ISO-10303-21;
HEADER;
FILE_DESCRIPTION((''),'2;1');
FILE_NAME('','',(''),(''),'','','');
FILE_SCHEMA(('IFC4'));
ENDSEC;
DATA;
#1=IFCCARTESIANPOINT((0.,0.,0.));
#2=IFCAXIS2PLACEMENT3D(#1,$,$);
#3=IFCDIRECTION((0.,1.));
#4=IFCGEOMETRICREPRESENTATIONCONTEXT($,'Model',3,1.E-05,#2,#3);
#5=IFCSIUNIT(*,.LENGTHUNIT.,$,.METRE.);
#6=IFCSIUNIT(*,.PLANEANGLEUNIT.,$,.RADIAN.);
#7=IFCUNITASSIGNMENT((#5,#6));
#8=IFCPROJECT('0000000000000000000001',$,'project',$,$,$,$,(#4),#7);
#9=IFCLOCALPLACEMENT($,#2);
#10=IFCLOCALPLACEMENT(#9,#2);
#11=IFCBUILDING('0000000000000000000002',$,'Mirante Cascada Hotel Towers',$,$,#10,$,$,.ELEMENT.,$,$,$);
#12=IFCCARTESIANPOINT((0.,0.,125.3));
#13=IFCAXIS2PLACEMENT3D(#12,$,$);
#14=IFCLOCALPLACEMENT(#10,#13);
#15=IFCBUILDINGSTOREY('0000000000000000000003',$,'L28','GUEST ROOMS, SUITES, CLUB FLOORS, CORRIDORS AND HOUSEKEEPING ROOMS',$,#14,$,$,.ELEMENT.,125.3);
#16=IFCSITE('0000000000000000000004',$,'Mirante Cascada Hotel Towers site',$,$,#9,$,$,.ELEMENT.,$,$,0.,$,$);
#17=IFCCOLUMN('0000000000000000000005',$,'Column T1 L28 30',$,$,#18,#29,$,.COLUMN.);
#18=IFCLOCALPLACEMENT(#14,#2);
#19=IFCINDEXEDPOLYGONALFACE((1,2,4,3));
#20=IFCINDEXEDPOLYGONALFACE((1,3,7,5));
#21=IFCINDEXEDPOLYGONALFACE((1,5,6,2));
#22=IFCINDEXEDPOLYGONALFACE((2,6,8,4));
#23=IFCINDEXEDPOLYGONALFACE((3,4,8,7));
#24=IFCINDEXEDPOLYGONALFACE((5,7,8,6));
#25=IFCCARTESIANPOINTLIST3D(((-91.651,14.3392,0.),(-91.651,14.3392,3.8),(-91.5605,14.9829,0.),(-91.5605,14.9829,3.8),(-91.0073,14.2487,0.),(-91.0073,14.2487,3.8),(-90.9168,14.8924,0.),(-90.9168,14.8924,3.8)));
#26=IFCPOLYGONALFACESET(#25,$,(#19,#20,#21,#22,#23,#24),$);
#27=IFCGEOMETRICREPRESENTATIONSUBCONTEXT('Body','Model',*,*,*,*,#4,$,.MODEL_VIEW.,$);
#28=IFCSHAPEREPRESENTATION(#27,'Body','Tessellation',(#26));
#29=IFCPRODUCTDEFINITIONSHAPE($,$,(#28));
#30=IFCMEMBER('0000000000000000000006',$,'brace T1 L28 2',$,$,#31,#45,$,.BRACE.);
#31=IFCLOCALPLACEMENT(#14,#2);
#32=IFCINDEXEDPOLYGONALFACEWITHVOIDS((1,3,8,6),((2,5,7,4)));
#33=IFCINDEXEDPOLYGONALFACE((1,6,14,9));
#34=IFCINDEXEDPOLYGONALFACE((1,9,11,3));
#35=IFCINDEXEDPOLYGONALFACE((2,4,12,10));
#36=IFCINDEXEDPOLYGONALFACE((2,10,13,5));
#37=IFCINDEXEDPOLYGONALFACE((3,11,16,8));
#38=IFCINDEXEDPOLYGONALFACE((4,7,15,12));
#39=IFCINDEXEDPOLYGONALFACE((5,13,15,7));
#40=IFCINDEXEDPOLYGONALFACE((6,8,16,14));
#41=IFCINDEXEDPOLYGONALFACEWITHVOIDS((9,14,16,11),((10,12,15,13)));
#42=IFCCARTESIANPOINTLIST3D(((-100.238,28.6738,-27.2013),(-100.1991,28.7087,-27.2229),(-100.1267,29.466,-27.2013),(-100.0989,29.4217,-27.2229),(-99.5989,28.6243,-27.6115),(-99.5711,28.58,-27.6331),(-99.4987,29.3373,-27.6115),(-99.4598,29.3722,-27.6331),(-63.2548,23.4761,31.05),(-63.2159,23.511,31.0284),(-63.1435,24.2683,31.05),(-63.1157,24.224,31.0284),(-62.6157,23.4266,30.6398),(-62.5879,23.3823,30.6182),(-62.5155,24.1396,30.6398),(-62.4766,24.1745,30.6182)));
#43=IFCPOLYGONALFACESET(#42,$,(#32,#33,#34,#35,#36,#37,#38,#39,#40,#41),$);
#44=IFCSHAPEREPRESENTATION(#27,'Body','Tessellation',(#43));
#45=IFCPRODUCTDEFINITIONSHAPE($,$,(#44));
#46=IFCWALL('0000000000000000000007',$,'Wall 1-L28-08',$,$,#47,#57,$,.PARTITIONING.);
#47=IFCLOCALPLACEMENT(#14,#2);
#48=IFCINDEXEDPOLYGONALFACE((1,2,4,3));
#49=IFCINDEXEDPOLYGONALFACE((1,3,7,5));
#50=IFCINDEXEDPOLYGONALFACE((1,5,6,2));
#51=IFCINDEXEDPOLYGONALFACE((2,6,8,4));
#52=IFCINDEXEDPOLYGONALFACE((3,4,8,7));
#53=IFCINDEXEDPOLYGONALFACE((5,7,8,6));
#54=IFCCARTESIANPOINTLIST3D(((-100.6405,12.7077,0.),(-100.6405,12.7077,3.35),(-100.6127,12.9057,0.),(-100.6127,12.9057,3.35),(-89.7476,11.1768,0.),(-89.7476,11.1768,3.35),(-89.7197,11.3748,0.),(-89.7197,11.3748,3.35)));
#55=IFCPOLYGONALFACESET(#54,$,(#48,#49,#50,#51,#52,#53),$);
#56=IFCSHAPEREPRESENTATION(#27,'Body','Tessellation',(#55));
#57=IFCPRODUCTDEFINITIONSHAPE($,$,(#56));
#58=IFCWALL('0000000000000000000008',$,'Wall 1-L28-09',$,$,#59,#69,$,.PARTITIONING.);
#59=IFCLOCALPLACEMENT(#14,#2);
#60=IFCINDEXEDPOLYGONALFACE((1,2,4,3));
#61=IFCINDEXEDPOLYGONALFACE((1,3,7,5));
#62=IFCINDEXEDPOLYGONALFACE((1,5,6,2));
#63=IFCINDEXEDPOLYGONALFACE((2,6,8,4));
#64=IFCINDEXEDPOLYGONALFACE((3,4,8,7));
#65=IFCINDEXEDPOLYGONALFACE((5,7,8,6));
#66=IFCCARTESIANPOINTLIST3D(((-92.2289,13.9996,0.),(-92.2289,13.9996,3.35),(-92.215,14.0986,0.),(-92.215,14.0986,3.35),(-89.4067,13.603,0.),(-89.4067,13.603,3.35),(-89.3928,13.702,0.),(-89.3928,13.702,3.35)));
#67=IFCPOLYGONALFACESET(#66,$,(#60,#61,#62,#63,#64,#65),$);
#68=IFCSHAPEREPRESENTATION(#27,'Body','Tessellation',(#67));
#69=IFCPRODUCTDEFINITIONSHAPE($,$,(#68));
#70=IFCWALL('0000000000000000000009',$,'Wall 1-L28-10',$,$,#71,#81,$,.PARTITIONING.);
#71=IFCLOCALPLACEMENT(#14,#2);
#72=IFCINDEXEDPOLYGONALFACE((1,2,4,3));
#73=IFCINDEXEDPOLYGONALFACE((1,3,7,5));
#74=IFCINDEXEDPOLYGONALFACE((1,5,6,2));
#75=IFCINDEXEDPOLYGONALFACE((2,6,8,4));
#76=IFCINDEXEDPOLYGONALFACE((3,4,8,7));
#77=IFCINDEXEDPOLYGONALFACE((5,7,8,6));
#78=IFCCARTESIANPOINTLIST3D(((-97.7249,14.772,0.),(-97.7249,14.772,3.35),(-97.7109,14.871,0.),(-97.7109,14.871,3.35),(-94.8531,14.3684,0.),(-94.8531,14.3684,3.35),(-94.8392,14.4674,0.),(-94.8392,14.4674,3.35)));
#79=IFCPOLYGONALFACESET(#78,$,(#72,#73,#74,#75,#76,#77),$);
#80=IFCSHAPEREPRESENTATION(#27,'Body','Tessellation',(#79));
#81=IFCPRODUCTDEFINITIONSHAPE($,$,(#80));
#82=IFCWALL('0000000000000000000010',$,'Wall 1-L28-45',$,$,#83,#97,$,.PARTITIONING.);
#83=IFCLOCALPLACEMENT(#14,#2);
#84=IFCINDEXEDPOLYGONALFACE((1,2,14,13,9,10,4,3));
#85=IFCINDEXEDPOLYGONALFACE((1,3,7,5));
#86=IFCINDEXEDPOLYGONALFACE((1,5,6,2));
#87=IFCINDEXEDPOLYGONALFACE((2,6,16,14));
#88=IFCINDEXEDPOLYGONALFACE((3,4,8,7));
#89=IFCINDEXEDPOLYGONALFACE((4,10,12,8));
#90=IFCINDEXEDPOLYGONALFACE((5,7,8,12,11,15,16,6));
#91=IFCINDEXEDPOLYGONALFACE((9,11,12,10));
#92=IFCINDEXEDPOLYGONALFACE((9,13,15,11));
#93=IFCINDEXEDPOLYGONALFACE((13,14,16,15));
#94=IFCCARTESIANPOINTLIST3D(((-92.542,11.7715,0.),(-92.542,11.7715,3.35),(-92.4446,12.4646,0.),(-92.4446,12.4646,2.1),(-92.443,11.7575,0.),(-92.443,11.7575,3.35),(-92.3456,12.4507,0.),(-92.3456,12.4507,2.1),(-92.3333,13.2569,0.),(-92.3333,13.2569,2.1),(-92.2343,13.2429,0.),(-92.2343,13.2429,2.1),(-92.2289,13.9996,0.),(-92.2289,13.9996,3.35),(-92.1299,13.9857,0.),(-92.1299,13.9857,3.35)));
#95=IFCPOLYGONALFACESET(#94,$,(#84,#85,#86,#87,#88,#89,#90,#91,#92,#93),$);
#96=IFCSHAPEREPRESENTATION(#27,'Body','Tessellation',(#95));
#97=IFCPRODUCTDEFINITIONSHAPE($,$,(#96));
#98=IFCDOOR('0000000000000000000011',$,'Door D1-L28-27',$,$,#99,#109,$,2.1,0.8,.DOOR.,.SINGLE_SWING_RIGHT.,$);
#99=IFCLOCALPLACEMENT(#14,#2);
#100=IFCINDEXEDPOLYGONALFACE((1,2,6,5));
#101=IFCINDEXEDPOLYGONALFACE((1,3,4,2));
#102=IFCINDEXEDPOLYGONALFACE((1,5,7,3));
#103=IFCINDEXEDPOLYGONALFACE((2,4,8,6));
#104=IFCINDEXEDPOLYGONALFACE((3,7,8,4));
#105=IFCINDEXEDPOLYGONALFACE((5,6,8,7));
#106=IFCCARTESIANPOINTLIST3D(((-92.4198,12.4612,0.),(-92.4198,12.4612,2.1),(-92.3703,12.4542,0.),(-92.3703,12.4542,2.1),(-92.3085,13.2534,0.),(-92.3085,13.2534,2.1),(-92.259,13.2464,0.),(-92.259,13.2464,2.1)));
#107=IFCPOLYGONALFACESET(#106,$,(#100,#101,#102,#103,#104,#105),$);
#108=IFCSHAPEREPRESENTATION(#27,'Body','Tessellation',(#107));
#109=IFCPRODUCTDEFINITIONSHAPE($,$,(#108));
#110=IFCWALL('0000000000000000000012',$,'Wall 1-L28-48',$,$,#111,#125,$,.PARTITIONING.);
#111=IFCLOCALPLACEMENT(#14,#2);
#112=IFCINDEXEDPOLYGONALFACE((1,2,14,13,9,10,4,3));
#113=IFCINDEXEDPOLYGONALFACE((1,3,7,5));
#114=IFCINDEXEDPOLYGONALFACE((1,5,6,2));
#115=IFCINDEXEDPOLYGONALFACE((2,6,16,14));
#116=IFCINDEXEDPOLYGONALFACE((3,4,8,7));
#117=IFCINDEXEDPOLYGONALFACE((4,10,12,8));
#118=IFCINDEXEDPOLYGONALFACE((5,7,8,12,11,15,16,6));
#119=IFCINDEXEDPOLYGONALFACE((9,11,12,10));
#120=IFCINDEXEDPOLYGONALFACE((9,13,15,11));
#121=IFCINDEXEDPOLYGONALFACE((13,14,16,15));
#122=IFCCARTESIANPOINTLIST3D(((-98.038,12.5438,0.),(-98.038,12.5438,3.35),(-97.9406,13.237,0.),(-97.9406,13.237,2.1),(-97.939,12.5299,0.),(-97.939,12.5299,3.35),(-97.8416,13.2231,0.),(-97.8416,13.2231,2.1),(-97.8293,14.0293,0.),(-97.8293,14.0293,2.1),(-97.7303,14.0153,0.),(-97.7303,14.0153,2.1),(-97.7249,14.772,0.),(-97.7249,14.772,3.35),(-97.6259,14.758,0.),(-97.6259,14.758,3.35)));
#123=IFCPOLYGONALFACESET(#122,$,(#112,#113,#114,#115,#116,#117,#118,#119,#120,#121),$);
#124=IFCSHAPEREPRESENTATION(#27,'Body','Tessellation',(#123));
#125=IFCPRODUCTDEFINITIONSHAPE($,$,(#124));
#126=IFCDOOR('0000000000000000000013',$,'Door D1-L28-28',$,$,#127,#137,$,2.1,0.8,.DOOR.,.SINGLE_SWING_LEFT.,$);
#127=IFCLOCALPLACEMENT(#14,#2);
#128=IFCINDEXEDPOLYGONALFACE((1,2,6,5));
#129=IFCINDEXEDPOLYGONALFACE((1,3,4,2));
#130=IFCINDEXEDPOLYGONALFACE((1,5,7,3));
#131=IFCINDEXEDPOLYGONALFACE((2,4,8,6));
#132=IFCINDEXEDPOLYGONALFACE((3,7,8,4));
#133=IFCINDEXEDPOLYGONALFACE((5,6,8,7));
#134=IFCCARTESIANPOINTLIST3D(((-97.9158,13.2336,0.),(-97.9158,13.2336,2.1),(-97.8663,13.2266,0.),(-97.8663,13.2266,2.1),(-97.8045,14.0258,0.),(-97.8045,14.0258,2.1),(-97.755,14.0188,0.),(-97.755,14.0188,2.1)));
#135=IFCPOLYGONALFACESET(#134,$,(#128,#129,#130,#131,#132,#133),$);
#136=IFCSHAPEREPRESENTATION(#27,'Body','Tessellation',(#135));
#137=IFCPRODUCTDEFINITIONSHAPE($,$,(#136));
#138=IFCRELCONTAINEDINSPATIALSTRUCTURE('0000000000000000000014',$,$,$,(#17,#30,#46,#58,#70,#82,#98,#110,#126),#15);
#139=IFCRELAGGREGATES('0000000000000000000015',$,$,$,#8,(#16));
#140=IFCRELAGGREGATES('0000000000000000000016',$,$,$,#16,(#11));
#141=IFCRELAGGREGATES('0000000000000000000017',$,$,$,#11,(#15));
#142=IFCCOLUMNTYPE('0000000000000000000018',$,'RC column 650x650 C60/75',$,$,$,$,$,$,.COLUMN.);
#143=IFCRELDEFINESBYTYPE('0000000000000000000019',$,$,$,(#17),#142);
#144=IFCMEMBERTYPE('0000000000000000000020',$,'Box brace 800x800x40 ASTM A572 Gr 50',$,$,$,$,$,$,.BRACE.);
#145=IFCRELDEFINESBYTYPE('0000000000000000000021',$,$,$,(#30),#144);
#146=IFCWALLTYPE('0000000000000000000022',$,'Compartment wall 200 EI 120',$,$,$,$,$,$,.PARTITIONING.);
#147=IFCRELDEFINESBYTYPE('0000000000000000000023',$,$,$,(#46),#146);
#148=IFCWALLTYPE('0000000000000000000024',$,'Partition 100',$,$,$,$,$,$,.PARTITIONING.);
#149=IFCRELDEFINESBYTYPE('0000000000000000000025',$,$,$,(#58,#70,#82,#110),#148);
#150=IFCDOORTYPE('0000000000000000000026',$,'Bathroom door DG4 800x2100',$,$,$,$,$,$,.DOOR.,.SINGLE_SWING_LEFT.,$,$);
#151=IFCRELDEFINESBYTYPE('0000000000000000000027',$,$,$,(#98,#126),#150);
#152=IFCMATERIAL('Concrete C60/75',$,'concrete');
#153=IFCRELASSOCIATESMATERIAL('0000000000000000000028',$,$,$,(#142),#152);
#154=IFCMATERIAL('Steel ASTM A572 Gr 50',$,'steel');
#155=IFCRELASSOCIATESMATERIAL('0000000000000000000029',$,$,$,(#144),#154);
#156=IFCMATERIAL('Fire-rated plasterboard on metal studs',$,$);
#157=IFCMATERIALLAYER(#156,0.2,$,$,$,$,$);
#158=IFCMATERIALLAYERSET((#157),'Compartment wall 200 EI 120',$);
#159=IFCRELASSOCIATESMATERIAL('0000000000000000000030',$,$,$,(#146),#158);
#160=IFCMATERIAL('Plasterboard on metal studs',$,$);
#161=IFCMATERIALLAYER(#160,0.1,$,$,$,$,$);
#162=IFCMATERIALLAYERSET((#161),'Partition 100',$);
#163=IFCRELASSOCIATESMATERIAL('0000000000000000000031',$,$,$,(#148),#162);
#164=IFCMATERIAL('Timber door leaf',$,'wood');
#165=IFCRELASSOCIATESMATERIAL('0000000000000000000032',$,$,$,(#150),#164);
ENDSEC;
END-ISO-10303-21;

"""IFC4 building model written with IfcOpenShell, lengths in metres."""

from ifc_helpers import new_model, si_unit, direction, frame, frame_2d, origin, origin_2d, place, context, subcontext, project, spatial, rectangle, hollow_rectangle, extrude, material, layer, layer_set, material_profile, profile_set, type_object, element, fill, save


model = new_model("IFC4")

# Units and contexts
model_context = context("Model", 3, precision=1e-05, world=origin(), true_north=direction((0.0, 1.0)))
body_context = subcontext(model_context, "Body", "Model", "MODEL_VIEW")
ifc_project = project(units=[si_unit("LENGTHUNIT", "METRE"), si_unit("PLANEANGLEUNIT", "RADIAN")], contexts=[model_context])

# Site, building, storey
site_placement = place(None, origin())
site = spatial("IfcSite", under=ifc_project, at=site_placement, Name="Mirante Cascada Hotel Towers site", CompositionType="ELEMENT", RefElevation=0.0)
building_placement = place(site_placement, origin())
building = spatial("IfcBuilding", under=site, at=building_placement, Name="Mirante Cascada Hotel Towers", CompositionType="ELEMENT")
storey_placement = place(building_placement, frame((0.0, 0.0, 125.3)))
storey = spatial("IfcBuildingStorey", under=building, at=storey_placement, Name="L28", Description="GUEST ROOMS, SUITES, CLUB FLOORS, CORRIDORS AND HOUSEKEEPING ROOMS", CompositionType="ELEMENT", Elevation=125.3)

# Column
ifc_material_1 = material(Name="Concrete C60/75", Category="concrete")
ifc_material_profile_1 = material_profile(ifc_material_1, rectangle(XDim=0.65, YDim=0.65, at=origin_2d()), Name="RC column 650x650 C60/75")
ifc_profile_set_1 = profile_set([ifc_material_profile_1], Name="Concrete C60/75")
column_type = type_object("IfcColumnType", Name="RC column 650x650 C60/75", PredefinedType="COLUMN", material=ifc_profile_set_1)
column_placement = place(storey_placement, frame((-91.2839, 14.6158, 0.0), z_axis=(0.0, 0.0, 1.0), x_axis=(-0.990268, 0.139173, 0.0)))
element("IfcColumn", 1, at=column_placement, inside=storey, type_object=column_type, Name="Column T1 L28 30", PredefinedType="COLUMN", context=body_context, shape_type="SweptSolid", body=[
    extrude(rectangle(XDim=0.65, YDim=0.65, at=origin_2d()), origin(), (0.0, 0.0, 1.0), 3.8),
])

# Member
ifc_material_2 = material(Name="Steel ASTM A572 Gr 50", Category="steel")
ifc_material_profile_2 = material_profile(ifc_material_2, hollow_rectangle(XDim=0.8, YDim=0.8, WallThickness=0.04, at=origin_2d()), Name="Box brace 800x800x40 ASTM A572 Gr 50")
ifc_profile_set_2 = profile_set([ifc_material_profile_2], Name="Steel ASTM A572 Gr 50")
member_type = type_object("IfcMemberType", Name="Box brace 800x800x40 ASTM A572 Gr 50", PredefinedType="BRACE", material=ifc_profile_set_2)
member_placement = place(storey_placement, frame((-99.8489, 29.023, -27.4172), z_axis=(0.534476, -0.075116, 0.841839), x_axis=(0.139174, 0.990268, 0.0)))
element("IfcMember", 2, at=member_placement, inside=storey, type_object=member_type, Name="brace T1 L28 2", PredefinedType="BRACE", context=body_context, shape_type="SweptSolid", body=[
    extrude(hollow_rectangle(XDim=0.8, YDim=0.8, WallThickness=0.04, at=origin_2d()), origin(), (0.0, 0.0, 1.0), 69.1953),
])

# Walls
ifc_material_3 = material(Name="Fire-rated plasterboard on metal studs")
ifc_layer_1 = layer(ifc_material_3, 0.2)
ifc_layer_set_1 = layer_set([ifc_layer_1], Name="Compartment wall 200 EI 120")
wall_type_1 = type_object("IfcWallType", Name="Compartment wall 200 EI 120", PredefinedType="PARTITIONING", material=ifc_layer_set_1)
wall_1_placement = place(storey_placement, frame((-100.6266, 12.8067, 0.0), z_axis=(0.0, 0.0, 1.0), x_axis=(0.990268, -0.139173, 0.0)))
element("IfcWall", 3, at=wall_1_placement, inside=storey, type_object=wall_type_1, Name="Wall 1-L28-08", PredefinedType="PARTITIONING", context=body_context, shape_type="SweptSolid", body=[
    extrude(rectangle(XDim=11.0, YDim=0.2, at=frame_2d((5.5, 0.0))), origin(), (0.0, 0.0, 1.0), 3.35),
])
ifc_material_4 = material(Name="Plasterboard on metal studs")
ifc_layer_2 = layer(ifc_material_4, 0.1)
ifc_layer_set_2 = layer_set([ifc_layer_2], Name="Partition 100")
wall_type_2 = type_object("IfcWallType", Name="Partition 100", PredefinedType="PARTITIONING", material=ifc_layer_set_2)
wall_2_placement = place(storey_placement, frame((-89.3997, 13.6525, 0.0), z_axis=(0.0, 0.0, 1.0), x_axis=(-0.99027, 0.139161, 0.0)))
element("IfcWall", 4, at=wall_2_placement, inside=storey, type_object=wall_type_2, Name="Wall 1-L28-09", PredefinedType="PARTITIONING", context=body_context, shape_type="SweptSolid", body=[
    extrude(rectangle(XDim=2.8499, YDim=0.1, at=frame_2d((1.425, 0.0))), origin(), (0.0, 0.0, 1.0), 3.35),
])
wall_3_placement = place(storey_placement, frame((-97.7179, 14.8215, 0.0), z_axis=(0.0, 0.0, 1.0), x_axis=(0.990268, -0.139171, 0.0)))
element("IfcWall", 5, at=wall_3_placement, inside=storey, type_object=wall_type_2, Name="Wall 1-L28-10", PredefinedType="PARTITIONING", context=body_context, shape_type="SweptSolid", body=[
    extrude(rectangle(XDim=2.9, YDim=0.1, at=frame_2d((1.45, 0.0))), origin(), (0.0, 0.0, 1.0), 3.35),
])

# Walls, openings, doors
wall_4_placement = place(storey_placement, frame((-92.4925, 11.7645, 0.0), z_axis=(0.0, 0.0, 1.0), x_axis=(0.139156, 0.990271, 0.0)))
wall_4 = element("IfcWall", 6, at=wall_4_placement, inside=storey, type_object=wall_type_2, Name="Wall 1-L28-45", PredefinedType="PARTITIONING", context=body_context, shape_type="SweptSolid", body=[
    extrude(rectangle(XDim=2.25, YDim=0.1, at=frame_2d((1.125, 0.0))), origin(), (0.0, 0.0, 1.0), 3.35),
])
opening_1_placement = place(wall_4_placement, frame((0.7, 0.0, 0.0)))
opening_1 = element("IfcOpeningElement", 7, at=opening_1_placement, cuts=wall_4, PredefinedType="OPENING", context=body_context, shape_type="SweptSolid", body=[
    extrude(rectangle(XDim=0.8, YDim=2.1, at=frame_2d((0.4, 1.05))), frame((0.0, 0.05, 0.0), z_axis=(0.0, -1.0, 0.0), x_axis=(1.0, 0.0, 0.0)), (0.0, 0.0, 1.0), 0.1),
])
ifc_material_5 = material(Name="Timber door leaf", Category="wood")
door_type = type_object("IfcDoorType", Name="Bathroom door DG4 800x2100", OperationType="SINGLE_SWING_LEFT", PredefinedType="DOOR", material=ifc_material_5)
door_1_placement = place(opening_1_placement, frame((0.8, 0.0, 0.0), z_axis=(0.0, 0.0, 1.0), x_axis=(-1.0, 0.0, 0.0)))
door_1 = element("IfcDoor", 8, at=door_1_placement, inside=storey, type_object=door_type, Name="Door D1-L28-27", OperationType="SINGLE_SWING_RIGHT", OverallHeight=2.1, OverallWidth=0.8, PredefinedType="DOOR", context=body_context, shape_type="SweptSolid", body=[
    extrude(rectangle(XDim=0.8, YDim=2.1, at=frame_2d((0.4, 1.05))), frame((0.0, 0.025, 0.0), z_axis=(0.0, -1.0, 0.0), x_axis=(1.0, 0.0, 0.0)), (0.0, 0.0, 1.0), 0.05),
])
fill(opening_1, door_1)
wall_5_placement = place(storey_placement, frame((-97.6754, 14.765, 0.0), z_axis=(0.0, 0.0, 1.0), x_axis=(-0.139156, -0.990271, 0.0)))
wall_5 = element("IfcWall", 9, at=wall_5_placement, inside=storey, type_object=wall_type_2, Name="Wall 1-L28-48", PredefinedType="PARTITIONING", context=body_context, shape_type="SweptSolid", body=[
    extrude(rectangle(XDim=2.25, YDim=0.1, at=frame_2d((1.125, 0.0))), origin(), (0.0, 0.0, 1.0), 3.35),
])
opening_2_placement = place(wall_5_placement, frame((0.75, 0.0, 0.0)))
opening_2 = element("IfcOpeningElement", 10, at=opening_2_placement, cuts=wall_5, PredefinedType="OPENING", context=body_context, shape_type="SweptSolid", body=[
    extrude(rectangle(XDim=0.8, YDim=2.1, at=frame_2d((0.4, 1.05))), frame((0.0, 0.05, 0.0), z_axis=(0.0, -1.0, 0.0), x_axis=(1.0, 0.0, 0.0)), (0.0, 0.0, 1.0), 0.1),
])
door_2_placement = place(opening_2_placement, origin())
door_2 = element("IfcDoor", 11, at=door_2_placement, inside=storey, type_object=door_type, Name="Door D1-L28-28", OperationType="SINGLE_SWING_LEFT", OverallHeight=2.1, OverallWidth=0.8, PredefinedType="DOOR", context=body_context, shape_type="SweptSolid", body=[
    extrude(rectangle(XDim=0.8, YDim=2.1, at=frame_2d((0.4, 1.05))), frame((0.0, 0.025, 0.0), z_axis=(0.0, -1.0, 0.0), x_axis=(1.0, 0.0, 0.0)), (0.0, 0.0, 1.0), 0.05),
])
fill(opening_2, door_2)

save(model, "model.ifc")
